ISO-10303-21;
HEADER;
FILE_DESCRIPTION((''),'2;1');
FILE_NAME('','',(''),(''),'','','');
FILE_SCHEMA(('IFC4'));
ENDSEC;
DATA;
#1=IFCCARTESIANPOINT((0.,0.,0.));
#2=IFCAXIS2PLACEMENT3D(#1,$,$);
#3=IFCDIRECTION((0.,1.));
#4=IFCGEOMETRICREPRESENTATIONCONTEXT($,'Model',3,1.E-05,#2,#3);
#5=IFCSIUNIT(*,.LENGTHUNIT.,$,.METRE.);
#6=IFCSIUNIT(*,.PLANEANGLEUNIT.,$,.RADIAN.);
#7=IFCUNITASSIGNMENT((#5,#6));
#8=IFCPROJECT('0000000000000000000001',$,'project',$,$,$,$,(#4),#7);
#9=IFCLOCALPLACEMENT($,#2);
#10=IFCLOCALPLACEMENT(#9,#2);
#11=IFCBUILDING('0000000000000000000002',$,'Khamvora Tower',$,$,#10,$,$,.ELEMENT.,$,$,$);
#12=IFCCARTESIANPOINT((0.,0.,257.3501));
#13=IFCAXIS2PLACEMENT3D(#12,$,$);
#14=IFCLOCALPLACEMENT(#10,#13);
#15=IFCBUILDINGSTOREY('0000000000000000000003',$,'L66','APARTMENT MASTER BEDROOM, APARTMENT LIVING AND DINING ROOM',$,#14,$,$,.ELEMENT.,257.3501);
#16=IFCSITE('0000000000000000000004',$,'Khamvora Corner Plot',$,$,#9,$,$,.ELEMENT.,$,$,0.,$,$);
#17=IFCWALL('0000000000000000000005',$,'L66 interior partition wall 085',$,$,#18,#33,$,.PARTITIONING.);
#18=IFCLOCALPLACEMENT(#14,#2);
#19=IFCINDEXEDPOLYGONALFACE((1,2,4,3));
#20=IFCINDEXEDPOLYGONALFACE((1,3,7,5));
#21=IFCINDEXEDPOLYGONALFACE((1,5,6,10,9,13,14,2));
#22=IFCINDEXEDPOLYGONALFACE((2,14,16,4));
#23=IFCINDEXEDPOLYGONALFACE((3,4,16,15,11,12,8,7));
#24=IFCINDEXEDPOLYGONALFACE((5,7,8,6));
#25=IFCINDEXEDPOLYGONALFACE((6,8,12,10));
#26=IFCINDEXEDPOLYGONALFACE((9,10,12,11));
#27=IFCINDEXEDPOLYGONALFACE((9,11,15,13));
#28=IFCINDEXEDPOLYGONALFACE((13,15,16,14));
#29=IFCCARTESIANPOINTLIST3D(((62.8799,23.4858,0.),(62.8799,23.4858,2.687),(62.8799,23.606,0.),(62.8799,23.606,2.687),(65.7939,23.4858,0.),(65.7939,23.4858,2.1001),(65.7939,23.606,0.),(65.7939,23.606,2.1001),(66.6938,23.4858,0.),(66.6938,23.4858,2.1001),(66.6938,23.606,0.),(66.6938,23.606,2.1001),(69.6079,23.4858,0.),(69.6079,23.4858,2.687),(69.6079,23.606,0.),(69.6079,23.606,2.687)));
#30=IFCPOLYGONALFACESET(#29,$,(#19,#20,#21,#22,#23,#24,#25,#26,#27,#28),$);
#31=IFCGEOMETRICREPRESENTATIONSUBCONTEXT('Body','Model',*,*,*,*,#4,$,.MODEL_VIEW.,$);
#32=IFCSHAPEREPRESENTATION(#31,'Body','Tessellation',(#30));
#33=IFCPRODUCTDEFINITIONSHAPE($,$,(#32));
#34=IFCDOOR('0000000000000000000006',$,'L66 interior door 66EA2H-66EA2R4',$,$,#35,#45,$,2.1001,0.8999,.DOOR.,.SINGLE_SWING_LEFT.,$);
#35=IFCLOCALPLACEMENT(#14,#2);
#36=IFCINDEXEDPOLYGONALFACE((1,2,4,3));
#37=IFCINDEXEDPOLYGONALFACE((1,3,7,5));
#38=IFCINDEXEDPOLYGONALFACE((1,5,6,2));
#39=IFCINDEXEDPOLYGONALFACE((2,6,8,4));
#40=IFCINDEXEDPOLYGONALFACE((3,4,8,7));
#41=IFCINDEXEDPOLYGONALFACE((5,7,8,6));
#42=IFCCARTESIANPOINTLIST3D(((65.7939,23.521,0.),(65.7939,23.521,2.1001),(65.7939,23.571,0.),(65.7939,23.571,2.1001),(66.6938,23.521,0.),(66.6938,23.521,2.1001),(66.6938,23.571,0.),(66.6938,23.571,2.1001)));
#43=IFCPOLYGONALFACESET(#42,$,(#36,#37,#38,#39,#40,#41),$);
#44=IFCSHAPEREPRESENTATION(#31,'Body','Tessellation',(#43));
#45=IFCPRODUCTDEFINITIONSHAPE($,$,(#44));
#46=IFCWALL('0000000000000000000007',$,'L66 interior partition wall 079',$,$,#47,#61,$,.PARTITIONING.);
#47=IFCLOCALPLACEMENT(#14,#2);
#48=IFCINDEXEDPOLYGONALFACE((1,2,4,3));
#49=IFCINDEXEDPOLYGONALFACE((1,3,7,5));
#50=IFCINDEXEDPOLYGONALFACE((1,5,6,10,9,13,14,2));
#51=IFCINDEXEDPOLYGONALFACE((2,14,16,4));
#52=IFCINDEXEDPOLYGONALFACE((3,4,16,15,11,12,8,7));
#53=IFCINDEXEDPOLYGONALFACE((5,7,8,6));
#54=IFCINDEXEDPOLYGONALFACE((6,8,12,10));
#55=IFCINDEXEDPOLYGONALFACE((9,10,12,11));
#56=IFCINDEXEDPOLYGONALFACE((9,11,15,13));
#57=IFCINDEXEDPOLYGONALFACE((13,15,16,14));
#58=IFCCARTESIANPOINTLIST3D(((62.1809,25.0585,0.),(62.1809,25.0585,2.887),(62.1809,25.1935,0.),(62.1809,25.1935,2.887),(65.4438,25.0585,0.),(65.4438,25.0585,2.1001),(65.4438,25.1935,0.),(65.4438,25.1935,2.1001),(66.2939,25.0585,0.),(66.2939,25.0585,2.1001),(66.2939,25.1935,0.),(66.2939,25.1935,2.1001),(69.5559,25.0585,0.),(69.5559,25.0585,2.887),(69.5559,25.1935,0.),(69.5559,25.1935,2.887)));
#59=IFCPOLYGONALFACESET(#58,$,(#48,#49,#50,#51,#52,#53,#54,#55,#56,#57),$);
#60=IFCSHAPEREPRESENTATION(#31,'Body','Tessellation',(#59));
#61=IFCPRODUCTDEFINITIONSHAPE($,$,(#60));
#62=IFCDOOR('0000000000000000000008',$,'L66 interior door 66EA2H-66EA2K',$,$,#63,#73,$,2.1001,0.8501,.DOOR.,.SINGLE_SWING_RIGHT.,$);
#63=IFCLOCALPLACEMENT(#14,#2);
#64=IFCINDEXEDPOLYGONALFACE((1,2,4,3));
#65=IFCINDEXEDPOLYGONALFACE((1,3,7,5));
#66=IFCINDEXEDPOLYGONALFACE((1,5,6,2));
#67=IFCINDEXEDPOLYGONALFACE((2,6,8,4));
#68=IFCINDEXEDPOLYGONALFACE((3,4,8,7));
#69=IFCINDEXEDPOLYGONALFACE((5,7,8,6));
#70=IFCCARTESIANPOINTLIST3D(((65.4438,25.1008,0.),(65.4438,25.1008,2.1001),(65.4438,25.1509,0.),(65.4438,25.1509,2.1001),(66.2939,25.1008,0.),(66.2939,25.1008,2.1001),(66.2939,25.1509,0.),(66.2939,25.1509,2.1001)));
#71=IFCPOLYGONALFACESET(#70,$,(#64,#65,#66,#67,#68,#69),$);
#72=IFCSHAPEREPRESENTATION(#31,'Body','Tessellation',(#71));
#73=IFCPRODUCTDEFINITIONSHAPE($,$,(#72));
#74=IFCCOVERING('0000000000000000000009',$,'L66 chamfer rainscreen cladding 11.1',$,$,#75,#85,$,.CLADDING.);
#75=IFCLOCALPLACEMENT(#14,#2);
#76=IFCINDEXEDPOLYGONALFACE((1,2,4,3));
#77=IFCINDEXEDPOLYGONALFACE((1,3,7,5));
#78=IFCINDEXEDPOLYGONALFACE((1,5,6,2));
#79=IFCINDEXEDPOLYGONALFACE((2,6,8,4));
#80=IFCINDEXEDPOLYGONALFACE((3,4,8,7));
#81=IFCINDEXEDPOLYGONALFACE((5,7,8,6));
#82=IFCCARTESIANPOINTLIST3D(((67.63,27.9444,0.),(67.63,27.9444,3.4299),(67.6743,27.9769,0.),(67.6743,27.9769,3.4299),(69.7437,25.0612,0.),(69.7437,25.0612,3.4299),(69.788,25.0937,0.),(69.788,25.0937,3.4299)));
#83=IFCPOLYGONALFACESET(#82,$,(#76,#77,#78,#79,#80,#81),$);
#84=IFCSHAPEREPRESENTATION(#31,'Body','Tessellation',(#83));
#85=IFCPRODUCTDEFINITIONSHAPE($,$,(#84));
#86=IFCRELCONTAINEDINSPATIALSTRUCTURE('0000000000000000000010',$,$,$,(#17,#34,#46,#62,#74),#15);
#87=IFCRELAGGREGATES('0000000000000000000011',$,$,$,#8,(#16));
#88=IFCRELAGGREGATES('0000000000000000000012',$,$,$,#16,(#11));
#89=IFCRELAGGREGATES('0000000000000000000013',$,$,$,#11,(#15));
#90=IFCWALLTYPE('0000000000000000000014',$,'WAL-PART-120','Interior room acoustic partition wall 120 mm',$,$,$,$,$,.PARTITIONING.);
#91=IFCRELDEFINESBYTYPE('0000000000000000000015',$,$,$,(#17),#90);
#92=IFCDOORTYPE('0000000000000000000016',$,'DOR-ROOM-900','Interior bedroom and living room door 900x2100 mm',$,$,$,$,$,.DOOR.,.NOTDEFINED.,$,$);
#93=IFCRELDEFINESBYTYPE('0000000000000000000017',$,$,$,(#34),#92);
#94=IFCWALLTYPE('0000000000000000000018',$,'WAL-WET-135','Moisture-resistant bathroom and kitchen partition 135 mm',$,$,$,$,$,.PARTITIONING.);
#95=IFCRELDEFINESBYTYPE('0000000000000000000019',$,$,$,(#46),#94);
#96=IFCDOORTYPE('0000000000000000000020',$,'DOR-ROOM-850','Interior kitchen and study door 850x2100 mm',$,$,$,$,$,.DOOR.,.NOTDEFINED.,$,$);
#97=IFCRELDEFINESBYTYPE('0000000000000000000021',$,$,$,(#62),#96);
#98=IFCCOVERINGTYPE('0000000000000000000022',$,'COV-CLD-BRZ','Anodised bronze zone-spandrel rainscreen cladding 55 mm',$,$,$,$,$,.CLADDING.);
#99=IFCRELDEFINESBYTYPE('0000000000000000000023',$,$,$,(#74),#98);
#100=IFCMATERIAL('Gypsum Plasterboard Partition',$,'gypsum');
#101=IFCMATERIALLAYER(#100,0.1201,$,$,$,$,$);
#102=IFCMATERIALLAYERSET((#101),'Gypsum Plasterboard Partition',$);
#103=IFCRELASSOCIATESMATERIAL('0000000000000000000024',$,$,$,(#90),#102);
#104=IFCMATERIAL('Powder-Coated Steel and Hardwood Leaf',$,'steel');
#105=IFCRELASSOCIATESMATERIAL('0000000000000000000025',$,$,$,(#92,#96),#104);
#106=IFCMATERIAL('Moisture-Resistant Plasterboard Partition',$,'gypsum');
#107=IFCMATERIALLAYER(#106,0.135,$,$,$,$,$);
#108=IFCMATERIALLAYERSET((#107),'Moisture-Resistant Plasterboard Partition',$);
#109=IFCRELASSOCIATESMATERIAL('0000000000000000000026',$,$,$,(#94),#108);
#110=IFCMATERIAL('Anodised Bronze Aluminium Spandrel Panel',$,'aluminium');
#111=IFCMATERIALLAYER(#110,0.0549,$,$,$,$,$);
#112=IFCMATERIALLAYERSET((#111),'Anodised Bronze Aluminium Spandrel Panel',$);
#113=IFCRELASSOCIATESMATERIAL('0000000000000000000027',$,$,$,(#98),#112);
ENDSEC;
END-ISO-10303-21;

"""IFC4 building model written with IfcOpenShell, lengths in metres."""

from ifc_helpers import new_model, si_unit, direction, frame, frame_2d, origin, origin_2d, place, context, subcontext, project, spatial, rectangle, extrude, material, layer, layer_set, type_object, element, fill, save


model = new_model("IFC4")

# Units and contexts
model_context = context("Model", 3, precision=1e-05, world=origin(), true_north=direction((0.0, 1.0)))
body_context = subcontext(model_context, "Body", "Model", "MODEL_VIEW")
ifc_project = project(units=[si_unit("LENGTHUNIT", "METRE"), si_unit("PLANEANGLEUNIT", "RADIAN")], contexts=[model_context])

# Site, building, storey
site_placement = place(None, origin())
site = spatial("IfcSite", under=ifc_project, at=site_placement, Name="Khamvora Corner Plot", CompositionType="ELEMENT", RefElevation=0.0)
building_placement = place(site_placement, origin())
building = spatial("IfcBuilding", under=site, at=building_placement, Name="Khamvora Tower", CompositionType="ELEMENT")
storey_placement = place(building_placement, frame((0.0, 0.0, 257.3501)))
storey = spatial("IfcBuildingStorey", under=building, at=storey_placement, Name="L66", Description="APARTMENT MASTER BEDROOM, APARTMENT LIVING AND DINING ROOM", CompositionType="ELEMENT", Elevation=257.3501)

# Shared definitions
ifc_material_1 = material(Name="Gypsum Plasterboard Partition", Category="gypsum")
ifc_layer_1 = layer(ifc_material_1, 0.1201)
ifc_layer_set_1 = layer_set([ifc_layer_1], Name="Gypsum Plasterboard Partition")
wall_type_1 = type_object("IfcWallType", Name="WAL-PART-120", Description="Interior room acoustic partition wall 120 mm", PredefinedType="PARTITIONING", material=ifc_layer_set_1)

# Walls, openings, doors
wall_1_placement = place(storey_placement, frame((69.6079, 23.5459, 0.0), z_axis=(0.0, 0.0, 1.0), x_axis=(-1.0, 0.0, 0.0)))
wall_1 = element("IfcWall", 1, at=wall_1_placement, inside=storey, type_object=wall_type_1, Name="L66 interior partition wall 085", PredefinedType="PARTITIONING", context=body_context, shape_type="SweptSolid", body=[
    extrude(rectangle(XDim=6.728, YDim=0.1201, at=frame_2d((3.364, 0.0))), origin(), (0.0, 0.0, 1.0), 2.687),
])
opening_1_placement = place(wall_1_placement, frame((2.9141, 0.0, 0.0)))
opening_1 = element("IfcOpeningElement", 2, at=opening_1_placement, cuts=wall_1, PredefinedType="OPENING", context=body_context, shape_type="SweptSolid", body=[
    extrude(rectangle(XDim=0.8999, YDim=2.1001, at=frame_2d((0.45, 1.05))), frame((0.0, 0.0701, 0.0), z_axis=(0.0, -1.0, 0.0), x_axis=(1.0, 0.0, 0.0)), (0.0, 0.0, 1.0), 0.1401),
])
ifc_material_2 = material(Name="Powder-Coated Steel and Hardwood Leaf", Category="steel")
door_type_1 = type_object("IfcDoorType", Name="DOR-ROOM-900", Description="Interior bedroom and living room door 900x2100 mm", OperationType="NOTDEFINED", PredefinedType="DOOR", material=ifc_material_2)
door_1_placement = place(opening_1_placement, origin())
door_1 = element("IfcDoor", 3, at=door_1_placement, inside=storey, type_object=door_type_1, Name="L66 interior door 66EA2H-66EA2R4", OperationType="SINGLE_SWING_LEFT", OverallHeight=2.1001, OverallWidth=0.8999, PredefinedType="DOOR", context=body_context, shape_type="SweptSolid", body=[
    extrude(rectangle(XDim=0.8999, YDim=2.1001, at=frame_2d((0.45, 1.05))), frame((0.0, 0.0249, 0.0), z_axis=(0.0, -1.0, 0.0), x_axis=(1.0, 0.0, 0.0)), (0.0, 0.0, 1.0), 0.05),
])
fill(opening_1, door_1)
ifc_material_3 = material(Name="Moisture-Resistant Plasterboard Partition", Category="gypsum")
ifc_layer_2 = layer(ifc_material_3, 0.135)
ifc_layer_set_2 = layer_set([ifc_layer_2], Name="Moisture-Resistant Plasterboard Partition")
wall_type_2 = type_object("IfcWallType", Name="WAL-WET-135", Description="Moisture-resistant bathroom and kitchen partition 135 mm", PredefinedType="PARTITIONING", material=ifc_layer_set_2)
wall_2_placement = place(storey_placement, frame((62.1809, 25.126, 0.0), z_axis=(0.0, 0.0, 1.0), x_axis=(1.0, 0.0, 0.0)))
wall_2 = element("IfcWall", 4, at=wall_2_placement, inside=storey, type_object=wall_type_2, Name="L66 interior partition wall 079", PredefinedType="PARTITIONING", context=body_context, shape_type="SweptSolid", body=[
    extrude(rectangle(XDim=7.375, YDim=0.135, at=frame_2d((3.6875, 0.0))), origin(), (0.0, 0.0, 1.0), 2.887),
])
opening_2_placement = place(wall_2_placement, frame((3.2629, 0.0, 0.0)))
opening_2 = element("IfcOpeningElement", 5, at=opening_2_placement, cuts=wall_2, PredefinedType="OPENING", context=body_context, shape_type="SweptSolid", body=[
    extrude(rectangle(XDim=0.8501, YDim=2.1001, at=frame_2d((0.425, 1.05))), frame((0.0, 0.0774, 0.0), z_axis=(0.0, -1.0, 0.0), x_axis=(1.0, 0.0, 0.0)), (0.0, 0.0, 1.0), 0.155),
])
door_type_2 = type_object("IfcDoorType", Name="DOR-ROOM-850", Description="Interior kitchen and study door 850x2100 mm", OperationType="NOTDEFINED", PredefinedType="DOOR", material=ifc_material_2)
door_2_placement = place(opening_2_placement, origin())
door_2 = element("IfcDoor", 6, at=door_2_placement, inside=storey, type_object=door_type_2, Name="L66 interior door 66EA2H-66EA2K", OperationType="SINGLE_SWING_RIGHT", OverallHeight=2.1001, OverallWidth=0.8501, PredefinedType="DOOR", context=body_context, shape_type="SweptSolid", body=[
    extrude(rectangle(XDim=0.8501, YDim=2.1001, at=frame_2d((0.425, 1.05))), frame((0.0, 0.0249, 0.0), z_axis=(0.0, -1.0, 0.0), x_axis=(1.0, 0.0, 0.0)), (0.0, 0.0, 1.0), 0.05),
])
fill(opening_2, door_2)

# Covering
ifc_material_4 = material(Name="Anodised Bronze Aluminium Spandrel Panel", Category="aluminium")
ifc_layer_3 = layer(ifc_material_4, 0.0549)
ifc_layer_set_3 = layer_set([ifc_layer_3], Name="Anodised Bronze Aluminium Spandrel Panel")
covering_type = type_object("IfcCoveringType", Name="COV-CLD-BRZ", Description="Anodised bronze zone-spandrel rainscreen cladding 55 mm", PredefinedType="CLADDING", material=ifc_layer_set_3)
covering_placement = place(storey_placement, frame((68.709, 26.519, 0.0), z_axis=(0.0, 0.0, 1.0), x_axis=(0.591257, -0.806483, 0.0)))
element("IfcCovering", 7, at=covering_placement, inside=storey, type_object=covering_type, Name="L66 chamfer rainscreen cladding 11.1", PredefinedType="CLADDING", context=body_context, shape_type="SweptSolid", body=[
    extrude(rectangle(XDim=3.575, YDim=0.0549, at=origin_2d()), origin(), (0.0, 0.0, 1.0), 3.4299),
])

save(model, "model.ifc")
